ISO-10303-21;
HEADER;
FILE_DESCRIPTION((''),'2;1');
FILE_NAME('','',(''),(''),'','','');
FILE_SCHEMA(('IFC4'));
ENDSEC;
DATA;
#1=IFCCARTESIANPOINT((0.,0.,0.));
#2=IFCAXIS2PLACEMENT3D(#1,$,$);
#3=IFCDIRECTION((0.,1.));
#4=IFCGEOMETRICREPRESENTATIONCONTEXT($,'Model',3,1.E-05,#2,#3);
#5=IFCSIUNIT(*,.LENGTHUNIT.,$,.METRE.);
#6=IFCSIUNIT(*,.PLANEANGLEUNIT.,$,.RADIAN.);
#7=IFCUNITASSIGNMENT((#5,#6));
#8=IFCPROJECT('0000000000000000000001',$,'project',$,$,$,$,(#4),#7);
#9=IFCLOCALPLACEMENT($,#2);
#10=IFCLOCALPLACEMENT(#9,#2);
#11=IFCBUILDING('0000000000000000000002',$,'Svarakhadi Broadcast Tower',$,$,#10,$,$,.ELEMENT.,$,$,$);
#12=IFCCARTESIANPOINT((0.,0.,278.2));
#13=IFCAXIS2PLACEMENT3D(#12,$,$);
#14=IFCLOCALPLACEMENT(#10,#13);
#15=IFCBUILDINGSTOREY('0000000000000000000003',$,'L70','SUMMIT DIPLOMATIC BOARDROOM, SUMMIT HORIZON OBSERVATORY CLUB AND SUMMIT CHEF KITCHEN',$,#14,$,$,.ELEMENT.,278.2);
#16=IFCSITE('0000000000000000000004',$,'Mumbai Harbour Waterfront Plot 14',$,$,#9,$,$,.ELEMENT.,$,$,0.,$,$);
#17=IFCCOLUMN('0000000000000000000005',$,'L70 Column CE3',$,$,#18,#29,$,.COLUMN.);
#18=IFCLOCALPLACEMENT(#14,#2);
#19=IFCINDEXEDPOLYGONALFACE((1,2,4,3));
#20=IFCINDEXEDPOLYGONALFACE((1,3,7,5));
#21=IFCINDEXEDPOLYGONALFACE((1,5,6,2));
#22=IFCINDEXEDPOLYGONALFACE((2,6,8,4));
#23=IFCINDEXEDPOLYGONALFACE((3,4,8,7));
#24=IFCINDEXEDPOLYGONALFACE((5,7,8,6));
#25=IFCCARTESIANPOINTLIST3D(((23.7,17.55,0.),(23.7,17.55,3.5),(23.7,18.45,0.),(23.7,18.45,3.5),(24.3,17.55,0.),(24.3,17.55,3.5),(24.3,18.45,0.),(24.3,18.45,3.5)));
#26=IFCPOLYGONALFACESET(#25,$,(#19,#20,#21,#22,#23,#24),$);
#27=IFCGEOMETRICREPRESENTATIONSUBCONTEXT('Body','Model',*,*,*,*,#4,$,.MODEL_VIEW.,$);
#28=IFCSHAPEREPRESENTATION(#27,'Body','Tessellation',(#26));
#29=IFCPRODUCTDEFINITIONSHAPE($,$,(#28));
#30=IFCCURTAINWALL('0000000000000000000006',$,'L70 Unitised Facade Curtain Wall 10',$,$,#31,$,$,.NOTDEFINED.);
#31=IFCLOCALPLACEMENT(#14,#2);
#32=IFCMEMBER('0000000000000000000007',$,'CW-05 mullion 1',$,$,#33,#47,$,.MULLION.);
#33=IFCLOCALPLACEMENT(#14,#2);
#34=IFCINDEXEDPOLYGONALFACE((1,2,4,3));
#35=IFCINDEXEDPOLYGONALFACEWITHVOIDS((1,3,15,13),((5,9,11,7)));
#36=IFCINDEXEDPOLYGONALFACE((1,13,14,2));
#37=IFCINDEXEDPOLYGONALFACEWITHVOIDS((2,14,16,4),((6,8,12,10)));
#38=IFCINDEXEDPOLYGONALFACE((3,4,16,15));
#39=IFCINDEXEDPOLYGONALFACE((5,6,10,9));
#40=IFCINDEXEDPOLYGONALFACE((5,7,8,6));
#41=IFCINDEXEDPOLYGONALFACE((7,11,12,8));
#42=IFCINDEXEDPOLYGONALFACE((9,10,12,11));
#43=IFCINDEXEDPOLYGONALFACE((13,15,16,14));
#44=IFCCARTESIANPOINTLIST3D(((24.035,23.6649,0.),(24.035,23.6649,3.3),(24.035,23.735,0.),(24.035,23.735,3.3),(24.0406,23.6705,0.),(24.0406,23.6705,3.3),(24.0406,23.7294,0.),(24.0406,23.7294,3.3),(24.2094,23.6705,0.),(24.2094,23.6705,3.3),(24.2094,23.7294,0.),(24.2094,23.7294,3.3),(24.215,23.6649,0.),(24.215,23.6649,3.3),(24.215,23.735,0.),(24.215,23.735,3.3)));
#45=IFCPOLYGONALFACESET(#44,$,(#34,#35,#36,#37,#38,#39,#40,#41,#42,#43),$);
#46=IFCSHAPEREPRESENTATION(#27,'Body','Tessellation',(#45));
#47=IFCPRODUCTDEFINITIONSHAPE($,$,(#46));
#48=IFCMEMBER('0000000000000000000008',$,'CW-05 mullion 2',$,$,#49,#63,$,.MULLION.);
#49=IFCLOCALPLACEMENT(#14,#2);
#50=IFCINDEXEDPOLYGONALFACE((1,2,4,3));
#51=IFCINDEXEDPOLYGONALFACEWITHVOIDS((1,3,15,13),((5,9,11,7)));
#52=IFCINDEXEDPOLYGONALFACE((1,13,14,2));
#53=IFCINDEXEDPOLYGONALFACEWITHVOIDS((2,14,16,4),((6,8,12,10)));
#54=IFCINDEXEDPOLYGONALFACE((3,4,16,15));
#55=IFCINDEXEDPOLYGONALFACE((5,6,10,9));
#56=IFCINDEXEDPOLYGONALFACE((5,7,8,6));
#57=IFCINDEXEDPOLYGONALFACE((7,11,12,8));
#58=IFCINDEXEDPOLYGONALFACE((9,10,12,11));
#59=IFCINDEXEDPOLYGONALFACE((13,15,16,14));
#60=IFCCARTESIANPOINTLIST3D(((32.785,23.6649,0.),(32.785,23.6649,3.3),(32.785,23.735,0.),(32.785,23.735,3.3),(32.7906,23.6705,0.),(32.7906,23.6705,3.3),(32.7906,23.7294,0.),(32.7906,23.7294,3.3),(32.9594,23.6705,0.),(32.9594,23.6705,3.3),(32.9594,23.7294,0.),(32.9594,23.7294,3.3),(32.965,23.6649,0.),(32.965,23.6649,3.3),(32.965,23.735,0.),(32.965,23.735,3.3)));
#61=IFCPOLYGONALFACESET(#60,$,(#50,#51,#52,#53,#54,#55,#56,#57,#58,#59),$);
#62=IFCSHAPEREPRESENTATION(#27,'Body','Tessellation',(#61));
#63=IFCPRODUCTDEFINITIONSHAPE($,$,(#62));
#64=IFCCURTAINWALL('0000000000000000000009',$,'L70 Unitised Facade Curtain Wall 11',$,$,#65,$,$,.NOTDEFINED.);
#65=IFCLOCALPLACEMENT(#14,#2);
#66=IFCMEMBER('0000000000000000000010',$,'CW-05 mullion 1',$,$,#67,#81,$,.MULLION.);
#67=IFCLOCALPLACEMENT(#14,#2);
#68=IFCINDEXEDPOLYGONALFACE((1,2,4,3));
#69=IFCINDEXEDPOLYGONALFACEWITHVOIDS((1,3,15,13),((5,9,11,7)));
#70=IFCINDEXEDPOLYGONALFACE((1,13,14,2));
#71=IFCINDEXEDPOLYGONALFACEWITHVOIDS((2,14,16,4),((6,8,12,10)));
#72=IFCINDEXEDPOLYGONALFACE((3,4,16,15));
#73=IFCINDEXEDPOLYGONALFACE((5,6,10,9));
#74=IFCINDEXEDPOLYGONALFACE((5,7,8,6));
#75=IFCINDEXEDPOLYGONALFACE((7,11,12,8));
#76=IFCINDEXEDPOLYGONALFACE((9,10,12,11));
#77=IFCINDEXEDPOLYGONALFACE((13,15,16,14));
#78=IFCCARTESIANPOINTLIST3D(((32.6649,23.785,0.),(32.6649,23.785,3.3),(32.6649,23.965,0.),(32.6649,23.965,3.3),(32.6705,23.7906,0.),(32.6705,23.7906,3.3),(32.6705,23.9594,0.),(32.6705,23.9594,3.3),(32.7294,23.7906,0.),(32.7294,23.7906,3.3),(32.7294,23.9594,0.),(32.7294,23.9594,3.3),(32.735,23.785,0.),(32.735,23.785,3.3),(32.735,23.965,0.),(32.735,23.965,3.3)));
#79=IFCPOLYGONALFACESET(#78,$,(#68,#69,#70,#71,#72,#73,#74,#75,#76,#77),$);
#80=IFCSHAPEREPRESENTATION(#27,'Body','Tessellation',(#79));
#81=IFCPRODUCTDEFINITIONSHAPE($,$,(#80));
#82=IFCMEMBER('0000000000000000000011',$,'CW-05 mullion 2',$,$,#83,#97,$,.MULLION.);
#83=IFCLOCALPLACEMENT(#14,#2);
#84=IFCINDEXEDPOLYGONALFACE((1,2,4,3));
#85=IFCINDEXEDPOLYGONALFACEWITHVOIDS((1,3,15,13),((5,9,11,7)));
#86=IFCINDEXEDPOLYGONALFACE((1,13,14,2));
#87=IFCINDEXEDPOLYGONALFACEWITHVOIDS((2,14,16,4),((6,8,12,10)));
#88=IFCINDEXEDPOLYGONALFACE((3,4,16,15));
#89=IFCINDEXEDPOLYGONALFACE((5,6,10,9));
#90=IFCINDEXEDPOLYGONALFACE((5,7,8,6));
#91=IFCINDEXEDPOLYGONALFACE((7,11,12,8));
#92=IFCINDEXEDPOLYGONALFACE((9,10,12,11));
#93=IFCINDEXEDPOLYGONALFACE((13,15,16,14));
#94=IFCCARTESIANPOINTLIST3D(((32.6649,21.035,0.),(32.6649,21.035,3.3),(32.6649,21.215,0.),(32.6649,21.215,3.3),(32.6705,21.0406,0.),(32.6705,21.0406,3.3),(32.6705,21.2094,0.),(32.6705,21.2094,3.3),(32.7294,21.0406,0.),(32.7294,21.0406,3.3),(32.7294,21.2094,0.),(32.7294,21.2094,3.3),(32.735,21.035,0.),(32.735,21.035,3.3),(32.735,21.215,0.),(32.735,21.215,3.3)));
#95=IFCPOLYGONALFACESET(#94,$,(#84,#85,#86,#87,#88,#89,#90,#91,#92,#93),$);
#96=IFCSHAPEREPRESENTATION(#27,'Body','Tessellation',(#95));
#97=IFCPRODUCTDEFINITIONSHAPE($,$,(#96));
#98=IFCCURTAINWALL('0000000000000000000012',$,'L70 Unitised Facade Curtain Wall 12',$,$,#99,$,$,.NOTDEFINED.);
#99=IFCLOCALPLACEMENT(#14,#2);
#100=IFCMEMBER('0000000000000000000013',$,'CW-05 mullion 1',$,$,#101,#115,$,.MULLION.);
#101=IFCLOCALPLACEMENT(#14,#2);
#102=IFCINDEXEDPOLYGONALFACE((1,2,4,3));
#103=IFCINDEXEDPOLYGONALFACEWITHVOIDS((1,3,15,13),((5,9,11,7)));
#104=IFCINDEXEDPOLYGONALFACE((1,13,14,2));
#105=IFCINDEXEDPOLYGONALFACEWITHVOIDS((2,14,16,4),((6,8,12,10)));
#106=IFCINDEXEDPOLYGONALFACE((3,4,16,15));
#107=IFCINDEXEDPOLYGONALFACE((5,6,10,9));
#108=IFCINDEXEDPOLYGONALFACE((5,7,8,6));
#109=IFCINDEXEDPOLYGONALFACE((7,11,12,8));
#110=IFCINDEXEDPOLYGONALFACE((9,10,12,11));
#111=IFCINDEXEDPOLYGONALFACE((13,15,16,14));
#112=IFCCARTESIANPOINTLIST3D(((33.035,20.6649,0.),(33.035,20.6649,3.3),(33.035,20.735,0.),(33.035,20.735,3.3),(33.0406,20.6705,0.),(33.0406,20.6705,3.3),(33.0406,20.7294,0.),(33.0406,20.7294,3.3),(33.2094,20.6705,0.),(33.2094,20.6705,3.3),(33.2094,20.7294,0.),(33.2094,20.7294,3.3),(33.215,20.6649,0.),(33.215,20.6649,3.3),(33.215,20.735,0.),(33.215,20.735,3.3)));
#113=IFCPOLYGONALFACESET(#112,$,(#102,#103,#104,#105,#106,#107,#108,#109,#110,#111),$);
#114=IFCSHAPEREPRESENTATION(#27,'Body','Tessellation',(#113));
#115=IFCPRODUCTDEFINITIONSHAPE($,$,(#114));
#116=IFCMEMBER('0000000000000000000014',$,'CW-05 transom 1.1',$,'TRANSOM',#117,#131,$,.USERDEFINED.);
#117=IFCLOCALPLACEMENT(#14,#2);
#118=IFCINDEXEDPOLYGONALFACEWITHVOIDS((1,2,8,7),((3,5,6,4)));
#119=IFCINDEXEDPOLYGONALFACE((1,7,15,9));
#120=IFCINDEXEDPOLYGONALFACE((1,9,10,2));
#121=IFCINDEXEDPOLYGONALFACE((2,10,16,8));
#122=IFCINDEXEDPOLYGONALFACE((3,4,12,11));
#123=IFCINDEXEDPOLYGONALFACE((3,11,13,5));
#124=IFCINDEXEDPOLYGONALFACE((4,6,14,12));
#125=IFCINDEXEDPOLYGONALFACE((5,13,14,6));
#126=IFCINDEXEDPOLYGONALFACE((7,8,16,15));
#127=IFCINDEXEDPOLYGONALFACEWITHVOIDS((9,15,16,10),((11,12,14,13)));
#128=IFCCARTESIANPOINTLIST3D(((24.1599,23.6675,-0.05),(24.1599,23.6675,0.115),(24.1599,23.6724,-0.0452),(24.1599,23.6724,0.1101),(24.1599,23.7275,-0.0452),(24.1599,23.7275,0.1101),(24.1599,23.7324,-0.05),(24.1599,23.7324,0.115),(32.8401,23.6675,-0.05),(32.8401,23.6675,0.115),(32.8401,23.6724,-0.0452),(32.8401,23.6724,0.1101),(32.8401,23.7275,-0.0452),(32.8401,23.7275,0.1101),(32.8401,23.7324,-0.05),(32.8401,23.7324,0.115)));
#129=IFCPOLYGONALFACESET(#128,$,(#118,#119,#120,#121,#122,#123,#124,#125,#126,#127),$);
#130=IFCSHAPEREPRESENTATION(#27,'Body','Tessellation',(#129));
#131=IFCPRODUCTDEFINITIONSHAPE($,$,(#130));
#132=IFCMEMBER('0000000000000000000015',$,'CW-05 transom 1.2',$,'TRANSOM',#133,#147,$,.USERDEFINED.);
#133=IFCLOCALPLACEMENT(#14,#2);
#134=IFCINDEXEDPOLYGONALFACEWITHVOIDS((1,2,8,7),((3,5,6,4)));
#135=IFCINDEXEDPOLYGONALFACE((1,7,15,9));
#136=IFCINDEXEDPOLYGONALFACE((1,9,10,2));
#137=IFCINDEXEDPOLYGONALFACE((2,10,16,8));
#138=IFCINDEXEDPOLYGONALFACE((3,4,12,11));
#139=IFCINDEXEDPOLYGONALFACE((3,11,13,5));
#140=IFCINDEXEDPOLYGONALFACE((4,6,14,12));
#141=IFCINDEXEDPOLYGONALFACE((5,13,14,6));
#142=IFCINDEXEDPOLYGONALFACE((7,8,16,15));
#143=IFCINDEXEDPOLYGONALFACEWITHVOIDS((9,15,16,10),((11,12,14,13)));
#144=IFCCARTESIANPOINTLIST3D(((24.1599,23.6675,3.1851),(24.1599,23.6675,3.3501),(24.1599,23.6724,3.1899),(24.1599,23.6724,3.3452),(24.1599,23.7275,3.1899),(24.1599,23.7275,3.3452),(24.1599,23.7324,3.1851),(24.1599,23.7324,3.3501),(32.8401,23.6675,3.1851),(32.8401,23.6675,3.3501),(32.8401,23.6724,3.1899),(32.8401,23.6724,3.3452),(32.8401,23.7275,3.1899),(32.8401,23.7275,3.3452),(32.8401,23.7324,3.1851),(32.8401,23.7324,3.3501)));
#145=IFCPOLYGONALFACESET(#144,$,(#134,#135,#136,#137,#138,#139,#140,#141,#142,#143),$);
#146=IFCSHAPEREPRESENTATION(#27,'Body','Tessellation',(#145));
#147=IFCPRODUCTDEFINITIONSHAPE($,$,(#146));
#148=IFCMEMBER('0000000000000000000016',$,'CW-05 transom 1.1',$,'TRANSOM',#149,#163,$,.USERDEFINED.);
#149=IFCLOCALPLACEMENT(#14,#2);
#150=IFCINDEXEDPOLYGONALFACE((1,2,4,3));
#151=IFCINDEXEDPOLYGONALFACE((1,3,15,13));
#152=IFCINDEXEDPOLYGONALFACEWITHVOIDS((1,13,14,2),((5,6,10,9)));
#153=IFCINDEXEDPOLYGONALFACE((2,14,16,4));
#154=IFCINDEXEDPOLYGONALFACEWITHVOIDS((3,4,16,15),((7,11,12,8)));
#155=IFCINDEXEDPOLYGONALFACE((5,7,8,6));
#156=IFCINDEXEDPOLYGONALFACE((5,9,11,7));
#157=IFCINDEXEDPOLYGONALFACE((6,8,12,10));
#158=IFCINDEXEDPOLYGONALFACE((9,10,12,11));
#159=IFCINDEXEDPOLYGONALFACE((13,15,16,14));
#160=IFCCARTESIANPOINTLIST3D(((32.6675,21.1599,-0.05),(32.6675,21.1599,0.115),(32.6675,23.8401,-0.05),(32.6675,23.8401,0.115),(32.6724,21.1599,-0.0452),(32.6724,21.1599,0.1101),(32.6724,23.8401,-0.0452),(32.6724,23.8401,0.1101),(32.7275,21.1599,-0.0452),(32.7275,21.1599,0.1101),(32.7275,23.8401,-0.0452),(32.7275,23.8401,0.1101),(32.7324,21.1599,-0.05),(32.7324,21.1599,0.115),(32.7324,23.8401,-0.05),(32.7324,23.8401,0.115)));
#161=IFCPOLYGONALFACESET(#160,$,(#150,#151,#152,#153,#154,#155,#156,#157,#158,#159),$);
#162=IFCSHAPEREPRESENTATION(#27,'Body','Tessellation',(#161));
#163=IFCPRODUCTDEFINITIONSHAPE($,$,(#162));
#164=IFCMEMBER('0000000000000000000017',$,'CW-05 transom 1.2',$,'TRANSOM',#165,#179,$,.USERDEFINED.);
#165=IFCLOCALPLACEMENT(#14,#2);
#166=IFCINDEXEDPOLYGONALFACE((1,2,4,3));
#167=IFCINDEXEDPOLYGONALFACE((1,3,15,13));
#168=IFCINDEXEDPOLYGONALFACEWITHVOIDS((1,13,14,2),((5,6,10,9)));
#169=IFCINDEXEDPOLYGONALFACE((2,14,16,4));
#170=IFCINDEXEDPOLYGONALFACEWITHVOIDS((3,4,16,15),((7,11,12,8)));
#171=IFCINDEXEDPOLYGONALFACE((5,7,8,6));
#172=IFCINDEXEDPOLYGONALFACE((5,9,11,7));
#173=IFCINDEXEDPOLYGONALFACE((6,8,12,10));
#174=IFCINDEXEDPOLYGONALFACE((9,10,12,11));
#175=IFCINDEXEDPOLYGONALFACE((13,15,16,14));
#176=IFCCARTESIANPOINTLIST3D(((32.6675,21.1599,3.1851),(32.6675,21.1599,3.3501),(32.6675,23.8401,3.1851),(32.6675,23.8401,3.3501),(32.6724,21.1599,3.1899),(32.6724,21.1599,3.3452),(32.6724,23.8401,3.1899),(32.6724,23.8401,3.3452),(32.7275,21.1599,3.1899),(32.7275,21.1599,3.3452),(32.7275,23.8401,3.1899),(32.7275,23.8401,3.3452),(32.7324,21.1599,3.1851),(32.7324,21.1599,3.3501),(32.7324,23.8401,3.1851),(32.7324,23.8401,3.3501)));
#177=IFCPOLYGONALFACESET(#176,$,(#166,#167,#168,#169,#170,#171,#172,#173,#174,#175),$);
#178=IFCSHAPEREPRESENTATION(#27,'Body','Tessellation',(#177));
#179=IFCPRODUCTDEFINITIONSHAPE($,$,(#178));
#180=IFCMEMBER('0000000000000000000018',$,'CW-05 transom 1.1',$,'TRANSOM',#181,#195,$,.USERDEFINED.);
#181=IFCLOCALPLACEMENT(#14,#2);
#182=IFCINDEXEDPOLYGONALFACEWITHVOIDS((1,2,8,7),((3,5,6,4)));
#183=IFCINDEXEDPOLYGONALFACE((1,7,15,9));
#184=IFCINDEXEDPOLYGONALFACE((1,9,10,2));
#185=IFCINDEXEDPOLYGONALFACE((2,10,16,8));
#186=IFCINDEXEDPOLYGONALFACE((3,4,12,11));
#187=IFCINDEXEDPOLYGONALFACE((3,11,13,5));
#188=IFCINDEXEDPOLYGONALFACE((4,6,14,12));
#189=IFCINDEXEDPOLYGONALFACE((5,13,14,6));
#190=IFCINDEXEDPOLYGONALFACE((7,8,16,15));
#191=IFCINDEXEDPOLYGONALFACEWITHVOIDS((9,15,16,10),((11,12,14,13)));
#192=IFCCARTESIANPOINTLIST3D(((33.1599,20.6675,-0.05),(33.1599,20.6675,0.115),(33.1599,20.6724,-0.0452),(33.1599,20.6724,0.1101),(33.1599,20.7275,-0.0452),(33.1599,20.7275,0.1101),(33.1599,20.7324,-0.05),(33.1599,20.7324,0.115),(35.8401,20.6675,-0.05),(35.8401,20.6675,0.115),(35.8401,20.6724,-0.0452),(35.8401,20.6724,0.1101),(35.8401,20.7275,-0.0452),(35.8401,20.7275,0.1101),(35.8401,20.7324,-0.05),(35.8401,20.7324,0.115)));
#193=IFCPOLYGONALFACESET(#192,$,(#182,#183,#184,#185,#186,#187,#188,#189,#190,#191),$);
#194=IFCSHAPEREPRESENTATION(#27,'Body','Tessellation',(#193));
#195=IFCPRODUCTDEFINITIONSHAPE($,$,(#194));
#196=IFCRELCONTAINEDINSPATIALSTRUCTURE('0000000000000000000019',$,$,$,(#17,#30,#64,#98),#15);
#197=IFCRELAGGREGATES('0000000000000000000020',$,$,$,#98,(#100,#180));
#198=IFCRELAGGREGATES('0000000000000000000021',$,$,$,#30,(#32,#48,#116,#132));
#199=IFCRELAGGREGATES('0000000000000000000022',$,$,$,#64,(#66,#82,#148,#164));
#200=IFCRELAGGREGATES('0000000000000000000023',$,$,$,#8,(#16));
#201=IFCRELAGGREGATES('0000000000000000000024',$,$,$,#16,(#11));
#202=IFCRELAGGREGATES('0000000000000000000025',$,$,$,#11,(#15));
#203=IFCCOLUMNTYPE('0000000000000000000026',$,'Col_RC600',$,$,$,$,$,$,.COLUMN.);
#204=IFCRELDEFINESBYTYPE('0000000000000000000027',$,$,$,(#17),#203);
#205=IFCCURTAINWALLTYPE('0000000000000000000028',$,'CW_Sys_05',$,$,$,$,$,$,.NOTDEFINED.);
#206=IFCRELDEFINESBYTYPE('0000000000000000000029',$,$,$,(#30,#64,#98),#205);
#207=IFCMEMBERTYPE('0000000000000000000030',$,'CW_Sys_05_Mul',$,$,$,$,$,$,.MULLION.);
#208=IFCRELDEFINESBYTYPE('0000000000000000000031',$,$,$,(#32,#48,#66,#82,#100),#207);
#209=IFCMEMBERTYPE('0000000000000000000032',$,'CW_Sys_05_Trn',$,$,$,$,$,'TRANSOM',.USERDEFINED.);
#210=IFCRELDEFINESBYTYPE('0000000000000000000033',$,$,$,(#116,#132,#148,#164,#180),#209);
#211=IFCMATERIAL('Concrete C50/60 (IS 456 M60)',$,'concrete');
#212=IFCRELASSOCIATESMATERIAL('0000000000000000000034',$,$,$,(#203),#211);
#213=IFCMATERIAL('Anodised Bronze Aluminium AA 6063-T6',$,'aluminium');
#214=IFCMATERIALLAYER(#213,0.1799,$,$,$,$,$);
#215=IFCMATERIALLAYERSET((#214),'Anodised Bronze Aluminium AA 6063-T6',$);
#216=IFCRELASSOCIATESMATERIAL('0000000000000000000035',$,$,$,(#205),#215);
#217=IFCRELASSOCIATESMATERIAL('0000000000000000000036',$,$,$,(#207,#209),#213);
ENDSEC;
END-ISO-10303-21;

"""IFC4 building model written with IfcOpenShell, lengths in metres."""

from ifc_helpers import new_model, si_unit, direction, frame, origin, origin_2d, place, context, subcontext, project, spatial, rectangle, hollow_rectangle, extrude, material, layer, layer_set, material_profile, profile_set, type_object, element, aggregate, save


model = new_model("IFC4")

# Units and contexts
model_context = context("Model", 3, precision=1e-05, world=origin(), true_north=direction((0.0, 1.0)))
body_context = subcontext(model_context, "Body", "Model", "MODEL_VIEW")
ifc_project = project(units=[si_unit("LENGTHUNIT", "METRE"), si_unit("PLANEANGLEUNIT", "RADIAN")], contexts=[model_context])

# Site, building, storey
site_placement = place(None, origin())
site = spatial("IfcSite", under=ifc_project, at=site_placement, Name="Mumbai Harbour Waterfront Plot 14", CompositionType="ELEMENT", RefElevation=0.0)
building_placement = place(site_placement, origin())
building = spatial("IfcBuilding", under=site, at=building_placement, Name="Svarakhadi Broadcast Tower", CompositionType="ELEMENT")
storey_placement = place(building_placement, frame((0.0, 0.0, 278.2)))
storey = spatial("IfcBuildingStorey", under=building, at=storey_placement, Name="L70", Description="SUMMIT DIPLOMATIC BOARDROOM, SUMMIT HORIZON OBSERVATORY CLUB AND SUMMIT CHEF KITCHEN", CompositionType="ELEMENT", Elevation=278.2)

# Column
ifc_material_1 = material(Name="Concrete C50/60 (IS 456 M60)", Category="concrete")
ifc_material_profile_1 = material_profile(ifc_material_1, rectangle(XDim=0.6001, YDim=0.8999, at=origin_2d()), Name="RC 600x900")
ifc_profile_set_1 = profile_set([ifc_material_profile_1], Name="Concrete C50/60 (IS 456 M60)")
column_type = type_object("IfcColumnType", Name="Col_RC600", PredefinedType="COLUMN", material=ifc_profile_set_1)
column_placement = place(storey_placement, frame((24.0, 18.0, 0.0), z_axis=(0.0, 0.0, 1.0), x_axis=(1.0, 0.0, 0.0)))
element("IfcColumn", 1, at=column_placement, inside=storey, type_object=column_type, Name="L70 Column CE3", PredefinedType="COLUMN", context=body_context, shape_type="SweptSolid", body=[
    extrude(rectangle(XDim=0.6001, YDim=0.8999, at=origin_2d()), origin(), (0.0, 0.0, 1.0), 3.5),
])

# Curtain walls, members
ifc_material_2 = material(Name="Anodised Bronze Aluminium AA 6063-T6", Category="aluminium")
ifc_layer_1 = layer(ifc_material_2, 0.1799)
ifc_layer_set_1 = layer_set([ifc_layer_1], Name="Anodised Bronze Aluminium AA 6063-T6")
curtain_wall_type = type_object("IfcCurtainWallType", Name="CW_Sys_05", PredefinedType="NOTDEFINED", material=ifc_layer_set_1)
curtain_wall_1_placement = place(storey_placement, origin())
curtain_wall_1 = element("IfcCurtainWall", 2, at=curtain_wall_1_placement, inside=storey, type_object=curtain_wall_type, Name="L70 Unitised Facade Curtain Wall 10", PredefinedType="NOTDEFINED")
ifc_material_profile_2 = material_profile(ifc_material_2, hollow_rectangle(XDim=0.0701, YDim=0.1799, WallThickness=0.0056, at=origin_2d()), Name="ALU MULLION 180x70x6")
ifc_profile_set_2 = profile_set([ifc_material_profile_2], Name="Anodised Bronze Aluminium AA 6063-T6")
member_type_1 = type_object("IfcMemberType", Name="CW_Sys_05_Mul", PredefinedType="MULLION", material=ifc_profile_set_2)
member_1_placement = place(storey_placement, frame((24.125, 23.7, 0.0), z_axis=(0.0, 0.0, 1.0), x_axis=(0.0, 1.0, 0.0)))
member_1 = element("IfcMember", 3, at=member_1_placement, type_object=member_type_1, Name="CW-05 mullion 1", PredefinedType="MULLION", context=body_context, shape_type="SweptSolid", body=[
    extrude(hollow_rectangle(XDim=0.0701, YDim=0.1799, WallThickness=0.0056, at=origin_2d()), origin(), (0.0, 0.0, 1.0), 3.3),
])
member_2_placement = place(storey_placement, frame((32.875, 23.7, 0.0), z_axis=(0.0, 0.0, 1.0), x_axis=(0.0, 1.0, 0.0)))
member_2 = element("IfcMember", 4, at=member_2_placement, type_object=member_type_1, Name="CW-05 mullion 2", PredefinedType="MULLION", context=body_context, shape_type="SweptSolid", body=[
    extrude(hollow_rectangle(XDim=0.0701, YDim=0.1799, WallThickness=0.0056, at=origin_2d()), origin(), (0.0, 0.0, 1.0), 3.3),
])
curtain_wall_2_placement = place(storey_placement, origin())
curtain_wall_2 = element("IfcCurtainWall", 5, at=curtain_wall_2_placement, inside=storey, type_object=curtain_wall_type, Name="L70 Unitised Facade Curtain Wall 11", PredefinedType="NOTDEFINED")
member_3_placement = place(storey_placement, frame((32.7, 23.875, 0.0), z_axis=(0.0, 0.0, 1.0), x_axis=(1.0, 0.0, 0.0)))
member_3 = element("IfcMember", 6, at=member_3_placement, type_object=member_type_1, Name="CW-05 mullion 1", PredefinedType="MULLION", context=body_context, shape_type="SweptSolid", body=[
    extrude(hollow_rectangle(XDim=0.0701, YDim=0.1799, WallThickness=0.0056, at=origin_2d()), origin(), (0.0, 0.0, 1.0), 3.3),
])
member_4_placement = place(storey_placement, frame((32.7, 21.125, 0.0), z_axis=(0.0, 0.0, 1.0), x_axis=(1.0, 0.0, 0.0)))
member_4 = element("IfcMember", 7, at=member_4_placement, type_object=member_type_1, Name="CW-05 mullion 2", PredefinedType="MULLION", context=body_context, shape_type="SweptSolid", body=[
    extrude(hollow_rectangle(XDim=0.0701, YDim=0.1799, WallThickness=0.0056, at=origin_2d()), origin(), (0.0, 0.0, 1.0), 3.3),
])

# Curtain wall, member
curtain_wall_3_placement = place(storey_placement, origin())
curtain_wall_3 = element("IfcCurtainWall", 8, at=curtain_wall_3_placement, inside=storey, type_object=curtain_wall_type, Name="L70 Unitised Facade Curtain Wall 12", PredefinedType="NOTDEFINED")
member_5_placement = place(storey_placement, frame((33.125, 20.7, 0.0), z_axis=(0.0, 0.0, 1.0), x_axis=(0.0, 1.0, 0.0)))
member_5 = element("IfcMember", 9, at=member_5_placement, type_object=member_type_1, Name="CW-05 mullion 1", PredefinedType="MULLION", context=body_context, shape_type="SweptSolid", body=[
    extrude(hollow_rectangle(XDim=0.0701, YDim=0.1799, WallThickness=0.0056, at=origin_2d()), origin(), (0.0, 0.0, 1.0), 3.3),
])

# Members
ifc_material_profile_3 = material_profile(ifc_material_2, hollow_rectangle(XDim=0.0649, YDim=0.165, WallThickness=0.0049, at=origin_2d()), Name="ALU TRANSOM 165x65x5")
ifc_profile_set_3 = profile_set([ifc_material_profile_3], Name="Anodised Bronze Aluminium AA 6063-T6")
member_type_2 = type_object("IfcMemberType", Name="CW_Sys_05_Trn", ElementType="TRANSOM", PredefinedType="USERDEFINED", material=ifc_profile_set_3)
member_6_placement = place(storey_placement, frame((24.1599, 23.7, 0.0325), z_axis=(1.0, 0.0, 0.0), x_axis=(0.0, 1.0, 0.0)))
member_6 = element("IfcMember", 10, at=member_6_placement, type_object=member_type_2, Name="CW-05 transom 1.1", ObjectType="TRANSOM", PredefinedType="USERDEFINED", context=body_context, shape_type="SweptSolid", body=[
    extrude(hollow_rectangle(XDim=0.0649, YDim=0.165, WallThickness=0.0049, at=origin_2d()), origin(), (0.0, 0.0, 1.0), 8.6802),
])
member_7_placement = place(storey_placement, frame((24.1599, 23.7, 3.2676), z_axis=(1.0, 0.0, 0.0), x_axis=(0.0, 1.0, 0.0)))
member_7 = element("IfcMember", 11, at=member_7_placement, type_object=member_type_2, Name="CW-05 transom 1.2", ObjectType="TRANSOM", PredefinedType="USERDEFINED", context=body_context, shape_type="SweptSolid", body=[
    extrude(hollow_rectangle(XDim=0.0649, YDim=0.165, WallThickness=0.0049, at=origin_2d()), origin(), (0.0, 0.0, 1.0), 8.6802),
])
member_8_placement = place(storey_placement, frame((32.7, 23.8401, 0.0325), z_axis=(0.0, -1.0, 0.0), x_axis=(1.0, 0.0, 0.0)))
member_8 = element("IfcMember", 12, at=member_8_placement, type_object=member_type_2, Name="CW-05 transom 1.1", ObjectType="TRANSOM", PredefinedType="USERDEFINED", context=body_context, shape_type="SweptSolid", body=[
    extrude(hollow_rectangle(XDim=0.0649, YDim=0.165, WallThickness=0.0049, at=origin_2d()), origin(), (0.0, 0.0, 1.0), 2.6802),
])
member_9_placement = place(storey_placement, frame((32.7, 23.8401, 3.2676), z_axis=(0.0, -1.0, 0.0), x_axis=(1.0, 0.0, 0.0)))
member_9 = element("IfcMember", 13, at=member_9_placement, type_object=member_type_2, Name="CW-05 transom 1.2", ObjectType="TRANSOM", PredefinedType="USERDEFINED", context=body_context, shape_type="SweptSolid", body=[
    extrude(hollow_rectangle(XDim=0.0649, YDim=0.165, WallThickness=0.0049, at=origin_2d()), origin(), (0.0, 0.0, 1.0), 2.6802),
])
member_10_placement = place(storey_placement, frame((33.1599, 20.7, 0.0325), z_axis=(1.0, 0.0, 0.0), x_axis=(0.0, 1.0, 0.0)))
member_10 = element("IfcMember", 14, at=member_10_placement, type_object=member_type_2, Name="CW-05 transom 1.1", ObjectType="TRANSOM", PredefinedType="USERDEFINED", context=body_context, shape_type="SweptSolid", body=[
    extrude(hollow_rectangle(XDim=0.0649, YDim=0.165, WallThickness=0.0049, at=origin_2d()), origin(), (0.0, 0.0, 1.0), 2.6802),
])
aggregate(curtain_wall_3, [member_5, member_10])

aggregate(curtain_wall_1, [member_1, member_2, member_6, member_7])
aggregate(curtain_wall_2, [member_3, member_4, member_8, member_9])

save(model, "model.ifc")
